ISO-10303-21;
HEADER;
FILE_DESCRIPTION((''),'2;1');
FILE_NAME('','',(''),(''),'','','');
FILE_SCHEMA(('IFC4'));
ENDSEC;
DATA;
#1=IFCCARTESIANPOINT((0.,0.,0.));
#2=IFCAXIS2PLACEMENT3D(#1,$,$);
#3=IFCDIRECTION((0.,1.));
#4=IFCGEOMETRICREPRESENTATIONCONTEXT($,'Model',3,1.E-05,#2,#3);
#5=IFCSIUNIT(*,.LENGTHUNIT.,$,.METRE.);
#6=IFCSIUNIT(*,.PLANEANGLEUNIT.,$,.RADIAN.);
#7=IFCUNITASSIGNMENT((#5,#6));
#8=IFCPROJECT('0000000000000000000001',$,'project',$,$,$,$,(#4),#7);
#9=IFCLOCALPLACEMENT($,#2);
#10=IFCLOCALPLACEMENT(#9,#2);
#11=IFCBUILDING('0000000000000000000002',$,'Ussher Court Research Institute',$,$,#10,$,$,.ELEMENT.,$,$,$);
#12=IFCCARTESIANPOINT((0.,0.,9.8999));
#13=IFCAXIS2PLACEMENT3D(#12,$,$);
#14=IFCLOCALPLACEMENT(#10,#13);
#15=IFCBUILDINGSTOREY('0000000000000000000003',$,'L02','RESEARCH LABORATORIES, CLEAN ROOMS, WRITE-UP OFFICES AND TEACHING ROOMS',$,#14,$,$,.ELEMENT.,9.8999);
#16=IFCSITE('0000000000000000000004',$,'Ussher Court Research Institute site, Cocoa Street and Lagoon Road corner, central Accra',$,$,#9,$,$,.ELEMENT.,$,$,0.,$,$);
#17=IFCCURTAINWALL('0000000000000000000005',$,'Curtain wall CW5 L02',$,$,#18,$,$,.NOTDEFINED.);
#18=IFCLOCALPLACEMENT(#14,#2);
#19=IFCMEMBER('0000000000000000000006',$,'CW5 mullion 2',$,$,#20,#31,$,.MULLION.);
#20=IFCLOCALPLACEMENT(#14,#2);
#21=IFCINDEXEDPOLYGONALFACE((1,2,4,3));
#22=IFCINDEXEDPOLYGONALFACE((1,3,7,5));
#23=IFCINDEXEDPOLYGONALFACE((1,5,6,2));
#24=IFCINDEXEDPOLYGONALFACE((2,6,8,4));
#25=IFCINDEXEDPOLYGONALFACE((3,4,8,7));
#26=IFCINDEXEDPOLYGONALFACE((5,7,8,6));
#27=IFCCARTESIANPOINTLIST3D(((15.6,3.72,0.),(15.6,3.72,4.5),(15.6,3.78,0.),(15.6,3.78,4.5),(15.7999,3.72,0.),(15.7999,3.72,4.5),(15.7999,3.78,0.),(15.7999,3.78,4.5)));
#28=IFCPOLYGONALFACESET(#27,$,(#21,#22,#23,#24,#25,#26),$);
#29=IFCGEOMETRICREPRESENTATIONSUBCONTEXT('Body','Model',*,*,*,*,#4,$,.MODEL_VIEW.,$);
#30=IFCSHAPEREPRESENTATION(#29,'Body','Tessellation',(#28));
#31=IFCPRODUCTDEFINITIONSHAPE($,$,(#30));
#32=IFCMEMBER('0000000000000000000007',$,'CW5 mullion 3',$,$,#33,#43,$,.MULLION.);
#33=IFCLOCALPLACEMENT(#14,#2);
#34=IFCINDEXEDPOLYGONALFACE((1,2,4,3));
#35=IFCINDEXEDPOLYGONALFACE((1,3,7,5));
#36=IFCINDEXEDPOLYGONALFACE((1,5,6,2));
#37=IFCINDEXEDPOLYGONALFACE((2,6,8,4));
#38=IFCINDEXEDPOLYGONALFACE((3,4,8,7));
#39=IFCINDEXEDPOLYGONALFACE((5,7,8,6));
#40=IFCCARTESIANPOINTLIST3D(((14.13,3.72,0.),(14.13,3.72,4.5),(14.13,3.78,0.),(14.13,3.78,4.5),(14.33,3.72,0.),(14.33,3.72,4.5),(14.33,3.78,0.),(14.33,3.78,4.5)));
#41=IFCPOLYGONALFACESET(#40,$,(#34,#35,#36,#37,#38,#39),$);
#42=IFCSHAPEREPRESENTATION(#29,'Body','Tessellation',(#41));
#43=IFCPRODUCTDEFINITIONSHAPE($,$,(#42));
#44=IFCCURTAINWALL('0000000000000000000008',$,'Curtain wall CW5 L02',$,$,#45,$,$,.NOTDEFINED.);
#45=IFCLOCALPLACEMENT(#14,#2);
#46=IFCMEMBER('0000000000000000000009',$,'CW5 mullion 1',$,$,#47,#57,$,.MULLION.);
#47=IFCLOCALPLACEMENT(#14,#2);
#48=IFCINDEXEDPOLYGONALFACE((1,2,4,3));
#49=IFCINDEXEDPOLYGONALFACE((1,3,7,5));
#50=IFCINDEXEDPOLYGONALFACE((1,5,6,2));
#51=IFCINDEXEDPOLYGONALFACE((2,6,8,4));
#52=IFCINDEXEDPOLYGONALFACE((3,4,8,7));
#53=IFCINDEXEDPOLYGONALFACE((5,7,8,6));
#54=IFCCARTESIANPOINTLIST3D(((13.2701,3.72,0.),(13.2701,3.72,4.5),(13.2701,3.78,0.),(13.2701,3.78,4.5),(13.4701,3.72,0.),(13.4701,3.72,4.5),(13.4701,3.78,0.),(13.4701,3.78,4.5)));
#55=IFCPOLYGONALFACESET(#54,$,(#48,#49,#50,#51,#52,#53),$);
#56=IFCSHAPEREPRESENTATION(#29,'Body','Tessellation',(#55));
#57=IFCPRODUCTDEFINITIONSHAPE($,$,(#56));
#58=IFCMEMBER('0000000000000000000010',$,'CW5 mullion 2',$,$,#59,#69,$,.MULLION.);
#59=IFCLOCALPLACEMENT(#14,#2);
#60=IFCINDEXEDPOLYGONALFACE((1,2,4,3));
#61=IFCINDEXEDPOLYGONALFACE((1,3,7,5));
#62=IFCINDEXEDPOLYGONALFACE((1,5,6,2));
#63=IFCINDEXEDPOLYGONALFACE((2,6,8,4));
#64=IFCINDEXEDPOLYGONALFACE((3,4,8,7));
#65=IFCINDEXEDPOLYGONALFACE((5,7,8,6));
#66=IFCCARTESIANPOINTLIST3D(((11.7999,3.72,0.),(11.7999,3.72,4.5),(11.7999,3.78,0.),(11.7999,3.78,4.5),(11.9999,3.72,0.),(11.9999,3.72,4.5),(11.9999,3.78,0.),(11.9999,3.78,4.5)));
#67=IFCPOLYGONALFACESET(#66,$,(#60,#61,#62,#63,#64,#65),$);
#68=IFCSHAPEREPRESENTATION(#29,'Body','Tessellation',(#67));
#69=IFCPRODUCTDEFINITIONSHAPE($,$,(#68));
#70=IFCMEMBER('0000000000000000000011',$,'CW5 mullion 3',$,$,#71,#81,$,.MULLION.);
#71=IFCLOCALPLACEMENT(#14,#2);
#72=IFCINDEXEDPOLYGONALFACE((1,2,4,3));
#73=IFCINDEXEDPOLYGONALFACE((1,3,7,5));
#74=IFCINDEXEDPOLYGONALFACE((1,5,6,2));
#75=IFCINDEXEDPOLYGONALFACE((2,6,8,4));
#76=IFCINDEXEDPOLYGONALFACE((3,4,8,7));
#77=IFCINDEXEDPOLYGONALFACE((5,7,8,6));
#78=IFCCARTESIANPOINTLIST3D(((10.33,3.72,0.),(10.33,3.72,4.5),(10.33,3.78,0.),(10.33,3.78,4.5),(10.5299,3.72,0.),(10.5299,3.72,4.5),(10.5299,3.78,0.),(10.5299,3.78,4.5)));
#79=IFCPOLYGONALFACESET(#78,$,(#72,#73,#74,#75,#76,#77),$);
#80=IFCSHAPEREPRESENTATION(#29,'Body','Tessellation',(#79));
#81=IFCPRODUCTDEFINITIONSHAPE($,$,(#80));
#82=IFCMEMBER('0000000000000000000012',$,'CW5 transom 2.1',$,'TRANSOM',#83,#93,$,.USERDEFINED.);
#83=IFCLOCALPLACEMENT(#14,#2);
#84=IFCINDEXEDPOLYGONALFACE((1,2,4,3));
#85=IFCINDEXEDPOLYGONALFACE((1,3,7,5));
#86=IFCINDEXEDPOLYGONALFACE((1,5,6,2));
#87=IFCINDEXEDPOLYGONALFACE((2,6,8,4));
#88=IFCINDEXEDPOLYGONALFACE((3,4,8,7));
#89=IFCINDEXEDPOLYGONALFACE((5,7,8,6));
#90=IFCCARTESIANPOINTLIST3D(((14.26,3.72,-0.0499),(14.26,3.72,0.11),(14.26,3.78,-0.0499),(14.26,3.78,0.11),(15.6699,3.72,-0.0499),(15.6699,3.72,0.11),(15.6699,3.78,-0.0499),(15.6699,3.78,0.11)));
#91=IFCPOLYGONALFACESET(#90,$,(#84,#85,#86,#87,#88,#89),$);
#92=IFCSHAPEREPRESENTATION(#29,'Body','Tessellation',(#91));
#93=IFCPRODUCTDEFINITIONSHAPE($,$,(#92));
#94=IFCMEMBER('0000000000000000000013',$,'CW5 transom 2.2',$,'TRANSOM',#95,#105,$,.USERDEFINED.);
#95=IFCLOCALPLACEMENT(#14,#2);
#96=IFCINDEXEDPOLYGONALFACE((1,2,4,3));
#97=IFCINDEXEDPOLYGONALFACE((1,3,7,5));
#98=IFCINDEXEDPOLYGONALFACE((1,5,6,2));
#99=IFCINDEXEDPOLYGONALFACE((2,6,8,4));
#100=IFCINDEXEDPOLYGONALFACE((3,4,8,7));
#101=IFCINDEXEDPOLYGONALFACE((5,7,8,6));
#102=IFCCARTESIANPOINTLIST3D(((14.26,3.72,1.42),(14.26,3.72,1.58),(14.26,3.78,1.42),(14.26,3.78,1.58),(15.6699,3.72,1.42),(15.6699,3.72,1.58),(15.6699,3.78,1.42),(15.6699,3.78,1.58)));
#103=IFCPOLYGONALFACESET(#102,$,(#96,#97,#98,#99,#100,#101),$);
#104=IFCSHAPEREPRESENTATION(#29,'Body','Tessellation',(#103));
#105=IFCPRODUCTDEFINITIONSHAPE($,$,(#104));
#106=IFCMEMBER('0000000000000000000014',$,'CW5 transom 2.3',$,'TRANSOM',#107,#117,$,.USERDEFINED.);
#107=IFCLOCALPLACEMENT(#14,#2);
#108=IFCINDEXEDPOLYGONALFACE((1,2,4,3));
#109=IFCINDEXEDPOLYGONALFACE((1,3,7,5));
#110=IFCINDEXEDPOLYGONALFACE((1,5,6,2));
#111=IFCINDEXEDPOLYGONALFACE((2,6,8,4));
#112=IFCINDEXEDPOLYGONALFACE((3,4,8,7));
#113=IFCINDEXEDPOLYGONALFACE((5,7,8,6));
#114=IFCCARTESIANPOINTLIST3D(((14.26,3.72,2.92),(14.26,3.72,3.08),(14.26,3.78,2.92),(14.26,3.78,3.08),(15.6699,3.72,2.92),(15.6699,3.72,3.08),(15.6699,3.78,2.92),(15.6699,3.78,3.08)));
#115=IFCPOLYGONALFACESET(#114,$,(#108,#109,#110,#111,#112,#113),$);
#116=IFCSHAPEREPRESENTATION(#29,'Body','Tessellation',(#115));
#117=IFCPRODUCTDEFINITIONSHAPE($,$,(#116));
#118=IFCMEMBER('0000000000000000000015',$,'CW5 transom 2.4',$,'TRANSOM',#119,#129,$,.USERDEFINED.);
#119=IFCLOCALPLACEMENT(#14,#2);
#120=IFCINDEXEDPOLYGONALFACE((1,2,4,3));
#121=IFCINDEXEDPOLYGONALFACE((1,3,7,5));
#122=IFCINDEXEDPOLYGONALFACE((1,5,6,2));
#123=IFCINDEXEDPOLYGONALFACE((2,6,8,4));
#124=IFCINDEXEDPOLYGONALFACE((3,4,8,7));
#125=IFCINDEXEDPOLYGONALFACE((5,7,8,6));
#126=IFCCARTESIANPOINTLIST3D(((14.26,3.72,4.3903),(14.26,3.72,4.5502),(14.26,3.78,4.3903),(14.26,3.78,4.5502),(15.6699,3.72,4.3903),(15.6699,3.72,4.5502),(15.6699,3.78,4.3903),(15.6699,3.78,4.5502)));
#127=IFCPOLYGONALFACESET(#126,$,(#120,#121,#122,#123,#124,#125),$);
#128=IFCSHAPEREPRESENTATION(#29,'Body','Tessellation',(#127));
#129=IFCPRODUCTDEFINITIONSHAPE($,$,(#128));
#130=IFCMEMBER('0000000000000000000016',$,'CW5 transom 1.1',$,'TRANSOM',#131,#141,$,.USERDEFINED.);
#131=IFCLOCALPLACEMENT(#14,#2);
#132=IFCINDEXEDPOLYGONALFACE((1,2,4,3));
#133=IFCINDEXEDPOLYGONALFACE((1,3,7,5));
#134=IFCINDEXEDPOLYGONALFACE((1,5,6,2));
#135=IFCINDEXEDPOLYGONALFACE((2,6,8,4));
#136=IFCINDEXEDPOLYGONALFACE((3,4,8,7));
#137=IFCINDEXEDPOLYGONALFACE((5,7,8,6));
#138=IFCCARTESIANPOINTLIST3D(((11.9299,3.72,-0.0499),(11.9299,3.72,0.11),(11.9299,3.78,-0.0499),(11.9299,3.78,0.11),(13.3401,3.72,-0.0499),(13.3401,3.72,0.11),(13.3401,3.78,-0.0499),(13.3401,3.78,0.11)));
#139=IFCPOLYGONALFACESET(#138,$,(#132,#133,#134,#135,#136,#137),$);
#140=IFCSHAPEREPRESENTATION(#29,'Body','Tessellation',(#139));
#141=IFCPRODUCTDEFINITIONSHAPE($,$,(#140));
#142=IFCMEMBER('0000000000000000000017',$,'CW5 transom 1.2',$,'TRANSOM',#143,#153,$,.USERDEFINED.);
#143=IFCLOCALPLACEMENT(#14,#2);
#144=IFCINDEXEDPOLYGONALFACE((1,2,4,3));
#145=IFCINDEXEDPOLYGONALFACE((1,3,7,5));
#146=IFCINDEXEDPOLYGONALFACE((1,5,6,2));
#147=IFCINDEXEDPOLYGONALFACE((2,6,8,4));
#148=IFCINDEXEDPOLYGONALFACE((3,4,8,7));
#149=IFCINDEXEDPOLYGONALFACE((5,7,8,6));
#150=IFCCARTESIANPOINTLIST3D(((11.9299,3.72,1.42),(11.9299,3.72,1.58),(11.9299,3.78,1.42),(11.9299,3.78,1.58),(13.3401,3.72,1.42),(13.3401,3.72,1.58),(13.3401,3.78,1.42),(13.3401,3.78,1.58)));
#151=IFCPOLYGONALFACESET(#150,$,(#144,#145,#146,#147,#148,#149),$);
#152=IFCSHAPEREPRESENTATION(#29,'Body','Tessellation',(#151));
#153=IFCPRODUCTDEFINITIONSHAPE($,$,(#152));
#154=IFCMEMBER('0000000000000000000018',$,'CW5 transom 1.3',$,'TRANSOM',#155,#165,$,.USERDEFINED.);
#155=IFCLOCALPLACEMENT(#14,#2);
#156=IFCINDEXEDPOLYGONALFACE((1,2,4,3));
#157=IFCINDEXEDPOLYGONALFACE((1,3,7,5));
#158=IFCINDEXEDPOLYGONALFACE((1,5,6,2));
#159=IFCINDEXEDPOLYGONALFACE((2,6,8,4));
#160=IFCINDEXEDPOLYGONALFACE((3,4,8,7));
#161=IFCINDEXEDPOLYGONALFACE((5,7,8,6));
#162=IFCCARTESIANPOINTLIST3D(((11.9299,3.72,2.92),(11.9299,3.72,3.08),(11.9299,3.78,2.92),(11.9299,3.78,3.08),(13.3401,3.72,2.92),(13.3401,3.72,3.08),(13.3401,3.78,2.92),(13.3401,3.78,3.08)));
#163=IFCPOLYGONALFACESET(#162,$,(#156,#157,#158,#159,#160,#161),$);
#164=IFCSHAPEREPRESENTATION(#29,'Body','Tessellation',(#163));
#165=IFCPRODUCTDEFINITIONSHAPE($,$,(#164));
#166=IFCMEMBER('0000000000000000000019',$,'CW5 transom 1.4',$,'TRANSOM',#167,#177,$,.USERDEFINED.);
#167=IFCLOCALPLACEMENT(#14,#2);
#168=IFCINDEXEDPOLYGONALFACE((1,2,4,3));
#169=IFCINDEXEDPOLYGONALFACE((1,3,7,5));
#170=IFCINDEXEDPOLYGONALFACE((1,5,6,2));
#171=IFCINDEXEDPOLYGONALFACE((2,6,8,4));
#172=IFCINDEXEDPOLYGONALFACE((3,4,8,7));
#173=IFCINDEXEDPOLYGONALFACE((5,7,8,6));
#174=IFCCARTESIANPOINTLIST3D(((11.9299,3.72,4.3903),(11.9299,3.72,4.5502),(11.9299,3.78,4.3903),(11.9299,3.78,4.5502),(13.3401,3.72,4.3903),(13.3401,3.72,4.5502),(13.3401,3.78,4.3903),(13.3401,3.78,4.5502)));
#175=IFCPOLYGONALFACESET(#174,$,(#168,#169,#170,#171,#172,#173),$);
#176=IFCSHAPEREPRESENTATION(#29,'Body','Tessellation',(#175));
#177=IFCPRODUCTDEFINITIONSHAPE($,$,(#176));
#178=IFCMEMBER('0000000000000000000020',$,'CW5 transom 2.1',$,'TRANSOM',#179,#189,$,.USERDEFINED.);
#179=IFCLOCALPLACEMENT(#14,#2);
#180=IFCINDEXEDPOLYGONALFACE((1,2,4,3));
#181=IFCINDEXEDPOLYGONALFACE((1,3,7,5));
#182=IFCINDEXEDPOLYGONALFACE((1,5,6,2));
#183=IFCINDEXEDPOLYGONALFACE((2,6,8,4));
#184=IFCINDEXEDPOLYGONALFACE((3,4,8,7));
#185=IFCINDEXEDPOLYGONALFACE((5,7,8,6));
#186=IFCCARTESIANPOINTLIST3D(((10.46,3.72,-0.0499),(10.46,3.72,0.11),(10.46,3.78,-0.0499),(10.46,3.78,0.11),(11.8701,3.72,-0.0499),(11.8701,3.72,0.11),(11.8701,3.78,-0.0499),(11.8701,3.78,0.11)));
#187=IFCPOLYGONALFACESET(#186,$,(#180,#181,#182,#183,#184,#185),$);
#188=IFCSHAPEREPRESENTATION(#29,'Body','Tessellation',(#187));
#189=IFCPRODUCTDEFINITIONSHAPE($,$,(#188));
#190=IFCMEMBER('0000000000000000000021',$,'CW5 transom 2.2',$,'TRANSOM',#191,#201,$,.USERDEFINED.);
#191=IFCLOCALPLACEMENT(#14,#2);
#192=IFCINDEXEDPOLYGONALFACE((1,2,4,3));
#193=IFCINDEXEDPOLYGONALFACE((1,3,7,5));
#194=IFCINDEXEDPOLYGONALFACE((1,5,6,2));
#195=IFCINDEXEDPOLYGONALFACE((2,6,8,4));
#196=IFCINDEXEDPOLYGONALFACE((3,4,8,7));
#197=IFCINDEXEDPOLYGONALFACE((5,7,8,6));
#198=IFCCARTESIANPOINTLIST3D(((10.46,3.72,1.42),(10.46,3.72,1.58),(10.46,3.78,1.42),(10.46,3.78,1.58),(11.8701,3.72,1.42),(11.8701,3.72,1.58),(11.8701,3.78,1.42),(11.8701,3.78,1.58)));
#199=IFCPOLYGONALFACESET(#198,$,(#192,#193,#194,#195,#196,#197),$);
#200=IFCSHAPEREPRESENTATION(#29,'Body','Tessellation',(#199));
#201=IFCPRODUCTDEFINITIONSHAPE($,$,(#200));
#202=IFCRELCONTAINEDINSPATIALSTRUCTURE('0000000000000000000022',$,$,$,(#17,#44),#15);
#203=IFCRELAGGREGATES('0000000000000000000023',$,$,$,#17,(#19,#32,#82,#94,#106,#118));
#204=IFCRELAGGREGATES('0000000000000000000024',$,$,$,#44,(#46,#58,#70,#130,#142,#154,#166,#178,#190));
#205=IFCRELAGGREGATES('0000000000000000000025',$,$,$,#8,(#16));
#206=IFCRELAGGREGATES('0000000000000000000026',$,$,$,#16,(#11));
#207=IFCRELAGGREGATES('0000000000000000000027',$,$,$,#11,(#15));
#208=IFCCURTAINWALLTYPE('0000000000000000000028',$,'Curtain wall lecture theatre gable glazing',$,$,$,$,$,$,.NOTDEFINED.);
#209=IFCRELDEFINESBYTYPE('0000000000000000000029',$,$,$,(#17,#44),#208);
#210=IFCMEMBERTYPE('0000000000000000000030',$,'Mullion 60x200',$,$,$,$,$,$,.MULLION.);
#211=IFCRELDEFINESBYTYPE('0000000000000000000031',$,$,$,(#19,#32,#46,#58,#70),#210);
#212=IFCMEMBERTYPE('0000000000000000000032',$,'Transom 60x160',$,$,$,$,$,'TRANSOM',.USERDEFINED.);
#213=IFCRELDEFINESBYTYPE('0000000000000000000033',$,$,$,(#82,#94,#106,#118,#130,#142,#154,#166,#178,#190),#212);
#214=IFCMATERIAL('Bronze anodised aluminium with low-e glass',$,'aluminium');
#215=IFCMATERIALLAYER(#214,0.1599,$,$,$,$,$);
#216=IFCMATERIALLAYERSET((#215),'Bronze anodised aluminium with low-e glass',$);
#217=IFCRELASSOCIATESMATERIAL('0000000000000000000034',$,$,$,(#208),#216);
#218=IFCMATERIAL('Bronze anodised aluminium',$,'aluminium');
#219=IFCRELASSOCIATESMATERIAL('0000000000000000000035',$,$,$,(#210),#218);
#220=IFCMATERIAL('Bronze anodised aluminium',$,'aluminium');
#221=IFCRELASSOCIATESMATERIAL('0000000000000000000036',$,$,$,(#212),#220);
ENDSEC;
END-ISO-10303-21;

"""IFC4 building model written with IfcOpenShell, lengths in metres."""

from ifc_helpers import new_model, si_unit, direction, frame, origin, origin_2d, place, context, subcontext, project, spatial, rectangle, extrude, material, layer, layer_set, material_profile, profile_set, type_object, element, aggregate, save


model = new_model("IFC4")

# Units and contexts
model_context = context("Model", 3, precision=1e-05, world=origin(), true_north=direction((0.0, 1.0)))
body_context = subcontext(model_context, "Body", "Model", "MODEL_VIEW")
ifc_project = project(units=[si_unit("LENGTHUNIT", "METRE"), si_unit("PLANEANGLEUNIT", "RADIAN")], contexts=[model_context])

# Site, building, storey
site_placement = place(None, origin())
site = spatial("IfcSite", under=ifc_project, at=site_placement, Name="Ussher Court Research Institute site, Cocoa Street and Lagoon Road corner, central Accra", CompositionType="ELEMENT", RefElevation=0.0)
building_placement = place(site_placement, origin())
building = spatial("IfcBuilding", under=site, at=building_placement, Name="Ussher Court Research Institute", CompositionType="ELEMENT")
storey_placement = place(building_placement, frame((0.0, 0.0, 9.8999)))
storey = spatial("IfcBuildingStorey", under=building, at=storey_placement, Name="L02", Description="RESEARCH LABORATORIES, CLEAN ROOMS, WRITE-UP OFFICES AND TEACHING ROOMS", CompositionType="ELEMENT", Elevation=9.8999)

# Curtain walls, members
ifc_material_1 = material(Name="Bronze anodised aluminium with low-e glass", Category="aluminium")
ifc_layer_1 = layer(ifc_material_1, 0.1599)
ifc_layer_set_1 = layer_set([ifc_layer_1], Name="Bronze anodised aluminium with low-e glass")
curtain_wall_type = type_object("IfcCurtainWallType", Name="Curtain wall lecture theatre gable glazing", PredefinedType="NOTDEFINED", material=ifc_layer_set_1)
curtain_wall_1_placement = place(storey_placement, origin())
curtain_wall_1 = element("IfcCurtainWall", 1, at=curtain_wall_1_placement, inside=storey, type_object=curtain_wall_type, Name="Curtain wall CW5 L02", PredefinedType="NOTDEFINED")
ifc_material_2 = material(Name="Bronze anodised aluminium", Category="aluminium")
ifc_material_profile_1 = material_profile(ifc_material_2, rectangle(XDim=0.0601, YDim=0.2, at=origin_2d()), Name="Mullion 60x200")
ifc_profile_set_1 = profile_set([ifc_material_profile_1], Name="Bronze anodised aluminium")
member_type_1 = type_object("IfcMemberType", Name="Mullion 60x200", PredefinedType="MULLION", material=ifc_profile_set_1)
member_1_placement = place(storey_placement, frame((15.7, 3.75, 0.0), z_axis=(0.0, 0.0, 1.0), x_axis=(0.0, -1.0, 0.0)))
member_1 = element("IfcMember", 2, at=member_1_placement, type_object=member_type_1, Name="CW5 mullion 2", PredefinedType="MULLION", context=body_context, shape_type="SweptSolid", body=[
    extrude(rectangle(XDim=0.0601, YDim=0.2, at=origin_2d()), origin(), (0.0, 0.0, 1.0), 4.5),
])
member_2_placement = place(storey_placement, frame((14.23, 3.75, 0.0), z_axis=(0.0, 0.0, 1.0), x_axis=(0.0, -1.0, 0.0)))
member_2 = element("IfcMember", 3, at=member_2_placement, type_object=member_type_1, Name="CW5 mullion 3", PredefinedType="MULLION", context=body_context, shape_type="SweptSolid", body=[
    extrude(rectangle(XDim=0.0601, YDim=0.2, at=origin_2d()), origin(), (0.0, 0.0, 1.0), 4.5),
])
curtain_wall_2_placement = place(storey_placement, origin())
curtain_wall_2 = element("IfcCurtainWall", 4, at=curtain_wall_2_placement, inside=storey, type_object=curtain_wall_type, Name="Curtain wall CW5 L02", PredefinedType="NOTDEFINED")
member_3_placement = place(storey_placement, frame((13.3701, 3.75, 0.0), z_axis=(0.0, 0.0, 1.0), x_axis=(0.0, -1.0, 0.0)))
member_3 = element("IfcMember", 5, at=member_3_placement, type_object=member_type_1, Name="CW5 mullion 1", PredefinedType="MULLION", context=body_context, shape_type="SweptSolid", body=[
    extrude(rectangle(XDim=0.0601, YDim=0.2, at=origin_2d()), origin(), (0.0, 0.0, 1.0), 4.5),
])
member_4_placement = place(storey_placement, frame((11.8999, 3.75, 0.0), z_axis=(0.0, 0.0, 1.0), x_axis=(0.0, -1.0, 0.0)))
member_4 = element("IfcMember", 6, at=member_4_placement, type_object=member_type_1, Name="CW5 mullion 2", PredefinedType="MULLION", context=body_context, shape_type="SweptSolid", body=[
    extrude(rectangle(XDim=0.0601, YDim=0.2, at=origin_2d()), origin(), (0.0, 0.0, 1.0), 4.5),
])
member_5_placement = place(storey_placement, frame((10.4299, 3.75, 0.0), z_axis=(0.0, 0.0, 1.0), x_axis=(0.0, -1.0, 0.0)))
member_5 = element("IfcMember", 7, at=member_5_placement, type_object=member_type_1, Name="CW5 mullion 3", PredefinedType="MULLION", context=body_context, shape_type="SweptSolid", body=[
    extrude(rectangle(XDim=0.0601, YDim=0.2, at=origin_2d()), origin(), (0.0, 0.0, 1.0), 4.5),
])

# Members
ifc_material_3 = material(Name="Bronze anodised aluminium", Category="aluminium")
ifc_material_profile_2 = material_profile(ifc_material_3, rectangle(XDim=0.0601, YDim=0.1599, at=origin_2d()), Name="Transom 60x160")
ifc_profile_set_2 = profile_set([ifc_material_profile_2], Name="Bronze anodised aluminium")
member_type_2 = type_object("IfcMemberType", Name="Transom 60x160", ElementType="TRANSOM", PredefinedType="USERDEFINED", material=ifc_profile_set_2)
member_6_placement = place(storey_placement, frame((15.6699, 3.75, 0.03), z_axis=(-1.0, 0.0, 0.0), x_axis=(0.0, -1.0, 0.0)))
member_6 = element("IfcMember", 8, at=member_6_placement, type_object=member_type_2, Name="CW5 transom 2.1", ObjectType="TRANSOM", PredefinedType="USERDEFINED", context=body_context, shape_type="SweptSolid", body=[
    extrude(rectangle(XDim=0.0601, YDim=0.1599, at=origin_2d()), origin(), (0.0, 0.0, 1.0), 1.4099),
])
member_7_placement = place(storey_placement, frame((15.6699, 3.75, 1.5), z_axis=(-1.0, 0.0, 0.0), x_axis=(0.0, -1.0, 0.0)))
member_7 = element("IfcMember", 9, at=member_7_placement, type_object=member_type_2, Name="CW5 transom 2.2", ObjectType="TRANSOM", PredefinedType="USERDEFINED", context=body_context, shape_type="SweptSolid", body=[
    extrude(rectangle(XDim=0.0601, YDim=0.1599, at=origin_2d()), origin(), (0.0, 0.0, 1.0), 1.4099),
])
member_8_placement = place(storey_placement, frame((15.6699, 3.75, 3.0), z_axis=(-1.0, 0.0, 0.0), x_axis=(0.0, -1.0, 0.0)))
member_8 = element("IfcMember", 10, at=member_8_placement, type_object=member_type_2, Name="CW5 transom 2.3", ObjectType="TRANSOM", PredefinedType="USERDEFINED", context=body_context, shape_type="SweptSolid", body=[
    extrude(rectangle(XDim=0.0601, YDim=0.1599, at=origin_2d()), origin(), (0.0, 0.0, 1.0), 1.4099),
])
member_9_placement = place(storey_placement, frame((15.6699, 3.75, 4.4702), z_axis=(-1.0, 0.0, 0.0), x_axis=(0.0, -1.0, 0.0)))
member_9 = element("IfcMember", 11, at=member_9_placement, type_object=member_type_2, Name="CW5 transom 2.4", ObjectType="TRANSOM", PredefinedType="USERDEFINED", context=body_context, shape_type="SweptSolid", body=[
    extrude(rectangle(XDim=0.0601, YDim=0.1599, at=origin_2d()), origin(), (0.0, 0.0, 1.0), 1.4099),
])
member_10_placement = place(storey_placement, frame((13.3401, 3.75, 0.03), z_axis=(-1.0, 0.0, 0.0), x_axis=(0.0, -1.0, 0.0)))
member_10 = element("IfcMember", 12, at=member_10_placement, type_object=member_type_2, Name="CW5 transom 1.1", ObjectType="TRANSOM", PredefinedType="USERDEFINED", context=body_context, shape_type="SweptSolid", body=[
    extrude(rectangle(XDim=0.0601, YDim=0.1599, at=origin_2d()), origin(), (0.0, 0.0, 1.0), 1.4102),
])
member_11_placement = place(storey_placement, frame((13.3401, 3.75, 1.5), z_axis=(-1.0, 0.0, 0.0), x_axis=(0.0, -1.0, 0.0)))
member_11 = element("IfcMember", 13, at=member_11_placement, type_object=member_type_2, Name="CW5 transom 1.2", ObjectType="TRANSOM", PredefinedType="USERDEFINED", context=body_context, shape_type="SweptSolid", body=[
    extrude(rectangle(XDim=0.0601, YDim=0.1599, at=origin_2d()), origin(), (0.0, 0.0, 1.0), 1.4102),
])
member_12_placement = place(storey_placement, frame((13.3401, 3.75, 3.0), z_axis=(-1.0, 0.0, 0.0), x_axis=(0.0, -1.0, 0.0)))
member_12 = element("IfcMember", 14, at=member_12_placement, type_object=member_type_2, Name="CW5 transom 1.3", ObjectType="TRANSOM", PredefinedType="USERDEFINED", context=body_context, shape_type="SweptSolid", body=[
    extrude(rectangle(XDim=0.0601, YDim=0.1599, at=origin_2d()), origin(), (0.0, 0.0, 1.0), 1.4102),
])
member_13_placement = place(storey_placement, frame((13.3401, 3.75, 4.4702), z_axis=(-1.0, 0.0, 0.0), x_axis=(0.0, -1.0, 0.0)))
member_13 = element("IfcMember", 15, at=member_13_placement, type_object=member_type_2, Name="CW5 transom 1.4", ObjectType="TRANSOM", PredefinedType="USERDEFINED", context=body_context, shape_type="SweptSolid", body=[
    extrude(rectangle(XDim=0.0601, YDim=0.1599, at=origin_2d()), origin(), (0.0, 0.0, 1.0), 1.4102),
])
member_14_placement = place(storey_placement, frame((11.8701, 3.75, 0.03), z_axis=(-1.0, 0.0, 0.0), x_axis=(0.0, -1.0, 0.0)))
member_14 = element("IfcMember", 16, at=member_14_placement, type_object=member_type_2, Name="CW5 transom 2.1", ObjectType="TRANSOM", PredefinedType="USERDEFINED", context=body_context, shape_type="SweptSolid", body=[
    extrude(rectangle(XDim=0.0601, YDim=0.1599, at=origin_2d()), origin(), (0.0, 0.0, 1.0), 1.4102),
])
member_15_placement = place(storey_placement, frame((11.8701, 3.75, 1.5), z_axis=(-1.0, 0.0, 0.0), x_axis=(0.0, -1.0, 0.0)))
member_15 = element("IfcMember", 17, at=member_15_placement, type_object=member_type_2, Name="CW5 transom 2.2", ObjectType="TRANSOM", PredefinedType="USERDEFINED", context=body_context, shape_type="SweptSolid", body=[
    extrude(rectangle(XDim=0.0601, YDim=0.1599, at=origin_2d()), origin(), (0.0, 0.0, 1.0), 1.4102),
])

aggregate(curtain_wall_1, [member_1, member_2, member_6, member_7, member_8, member_9])
aggregate(curtain_wall_2, [member_3, member_4, member_5, member_10, member_11, member_12, member_13, member_14, member_15])

save(model, "model.ifc")
